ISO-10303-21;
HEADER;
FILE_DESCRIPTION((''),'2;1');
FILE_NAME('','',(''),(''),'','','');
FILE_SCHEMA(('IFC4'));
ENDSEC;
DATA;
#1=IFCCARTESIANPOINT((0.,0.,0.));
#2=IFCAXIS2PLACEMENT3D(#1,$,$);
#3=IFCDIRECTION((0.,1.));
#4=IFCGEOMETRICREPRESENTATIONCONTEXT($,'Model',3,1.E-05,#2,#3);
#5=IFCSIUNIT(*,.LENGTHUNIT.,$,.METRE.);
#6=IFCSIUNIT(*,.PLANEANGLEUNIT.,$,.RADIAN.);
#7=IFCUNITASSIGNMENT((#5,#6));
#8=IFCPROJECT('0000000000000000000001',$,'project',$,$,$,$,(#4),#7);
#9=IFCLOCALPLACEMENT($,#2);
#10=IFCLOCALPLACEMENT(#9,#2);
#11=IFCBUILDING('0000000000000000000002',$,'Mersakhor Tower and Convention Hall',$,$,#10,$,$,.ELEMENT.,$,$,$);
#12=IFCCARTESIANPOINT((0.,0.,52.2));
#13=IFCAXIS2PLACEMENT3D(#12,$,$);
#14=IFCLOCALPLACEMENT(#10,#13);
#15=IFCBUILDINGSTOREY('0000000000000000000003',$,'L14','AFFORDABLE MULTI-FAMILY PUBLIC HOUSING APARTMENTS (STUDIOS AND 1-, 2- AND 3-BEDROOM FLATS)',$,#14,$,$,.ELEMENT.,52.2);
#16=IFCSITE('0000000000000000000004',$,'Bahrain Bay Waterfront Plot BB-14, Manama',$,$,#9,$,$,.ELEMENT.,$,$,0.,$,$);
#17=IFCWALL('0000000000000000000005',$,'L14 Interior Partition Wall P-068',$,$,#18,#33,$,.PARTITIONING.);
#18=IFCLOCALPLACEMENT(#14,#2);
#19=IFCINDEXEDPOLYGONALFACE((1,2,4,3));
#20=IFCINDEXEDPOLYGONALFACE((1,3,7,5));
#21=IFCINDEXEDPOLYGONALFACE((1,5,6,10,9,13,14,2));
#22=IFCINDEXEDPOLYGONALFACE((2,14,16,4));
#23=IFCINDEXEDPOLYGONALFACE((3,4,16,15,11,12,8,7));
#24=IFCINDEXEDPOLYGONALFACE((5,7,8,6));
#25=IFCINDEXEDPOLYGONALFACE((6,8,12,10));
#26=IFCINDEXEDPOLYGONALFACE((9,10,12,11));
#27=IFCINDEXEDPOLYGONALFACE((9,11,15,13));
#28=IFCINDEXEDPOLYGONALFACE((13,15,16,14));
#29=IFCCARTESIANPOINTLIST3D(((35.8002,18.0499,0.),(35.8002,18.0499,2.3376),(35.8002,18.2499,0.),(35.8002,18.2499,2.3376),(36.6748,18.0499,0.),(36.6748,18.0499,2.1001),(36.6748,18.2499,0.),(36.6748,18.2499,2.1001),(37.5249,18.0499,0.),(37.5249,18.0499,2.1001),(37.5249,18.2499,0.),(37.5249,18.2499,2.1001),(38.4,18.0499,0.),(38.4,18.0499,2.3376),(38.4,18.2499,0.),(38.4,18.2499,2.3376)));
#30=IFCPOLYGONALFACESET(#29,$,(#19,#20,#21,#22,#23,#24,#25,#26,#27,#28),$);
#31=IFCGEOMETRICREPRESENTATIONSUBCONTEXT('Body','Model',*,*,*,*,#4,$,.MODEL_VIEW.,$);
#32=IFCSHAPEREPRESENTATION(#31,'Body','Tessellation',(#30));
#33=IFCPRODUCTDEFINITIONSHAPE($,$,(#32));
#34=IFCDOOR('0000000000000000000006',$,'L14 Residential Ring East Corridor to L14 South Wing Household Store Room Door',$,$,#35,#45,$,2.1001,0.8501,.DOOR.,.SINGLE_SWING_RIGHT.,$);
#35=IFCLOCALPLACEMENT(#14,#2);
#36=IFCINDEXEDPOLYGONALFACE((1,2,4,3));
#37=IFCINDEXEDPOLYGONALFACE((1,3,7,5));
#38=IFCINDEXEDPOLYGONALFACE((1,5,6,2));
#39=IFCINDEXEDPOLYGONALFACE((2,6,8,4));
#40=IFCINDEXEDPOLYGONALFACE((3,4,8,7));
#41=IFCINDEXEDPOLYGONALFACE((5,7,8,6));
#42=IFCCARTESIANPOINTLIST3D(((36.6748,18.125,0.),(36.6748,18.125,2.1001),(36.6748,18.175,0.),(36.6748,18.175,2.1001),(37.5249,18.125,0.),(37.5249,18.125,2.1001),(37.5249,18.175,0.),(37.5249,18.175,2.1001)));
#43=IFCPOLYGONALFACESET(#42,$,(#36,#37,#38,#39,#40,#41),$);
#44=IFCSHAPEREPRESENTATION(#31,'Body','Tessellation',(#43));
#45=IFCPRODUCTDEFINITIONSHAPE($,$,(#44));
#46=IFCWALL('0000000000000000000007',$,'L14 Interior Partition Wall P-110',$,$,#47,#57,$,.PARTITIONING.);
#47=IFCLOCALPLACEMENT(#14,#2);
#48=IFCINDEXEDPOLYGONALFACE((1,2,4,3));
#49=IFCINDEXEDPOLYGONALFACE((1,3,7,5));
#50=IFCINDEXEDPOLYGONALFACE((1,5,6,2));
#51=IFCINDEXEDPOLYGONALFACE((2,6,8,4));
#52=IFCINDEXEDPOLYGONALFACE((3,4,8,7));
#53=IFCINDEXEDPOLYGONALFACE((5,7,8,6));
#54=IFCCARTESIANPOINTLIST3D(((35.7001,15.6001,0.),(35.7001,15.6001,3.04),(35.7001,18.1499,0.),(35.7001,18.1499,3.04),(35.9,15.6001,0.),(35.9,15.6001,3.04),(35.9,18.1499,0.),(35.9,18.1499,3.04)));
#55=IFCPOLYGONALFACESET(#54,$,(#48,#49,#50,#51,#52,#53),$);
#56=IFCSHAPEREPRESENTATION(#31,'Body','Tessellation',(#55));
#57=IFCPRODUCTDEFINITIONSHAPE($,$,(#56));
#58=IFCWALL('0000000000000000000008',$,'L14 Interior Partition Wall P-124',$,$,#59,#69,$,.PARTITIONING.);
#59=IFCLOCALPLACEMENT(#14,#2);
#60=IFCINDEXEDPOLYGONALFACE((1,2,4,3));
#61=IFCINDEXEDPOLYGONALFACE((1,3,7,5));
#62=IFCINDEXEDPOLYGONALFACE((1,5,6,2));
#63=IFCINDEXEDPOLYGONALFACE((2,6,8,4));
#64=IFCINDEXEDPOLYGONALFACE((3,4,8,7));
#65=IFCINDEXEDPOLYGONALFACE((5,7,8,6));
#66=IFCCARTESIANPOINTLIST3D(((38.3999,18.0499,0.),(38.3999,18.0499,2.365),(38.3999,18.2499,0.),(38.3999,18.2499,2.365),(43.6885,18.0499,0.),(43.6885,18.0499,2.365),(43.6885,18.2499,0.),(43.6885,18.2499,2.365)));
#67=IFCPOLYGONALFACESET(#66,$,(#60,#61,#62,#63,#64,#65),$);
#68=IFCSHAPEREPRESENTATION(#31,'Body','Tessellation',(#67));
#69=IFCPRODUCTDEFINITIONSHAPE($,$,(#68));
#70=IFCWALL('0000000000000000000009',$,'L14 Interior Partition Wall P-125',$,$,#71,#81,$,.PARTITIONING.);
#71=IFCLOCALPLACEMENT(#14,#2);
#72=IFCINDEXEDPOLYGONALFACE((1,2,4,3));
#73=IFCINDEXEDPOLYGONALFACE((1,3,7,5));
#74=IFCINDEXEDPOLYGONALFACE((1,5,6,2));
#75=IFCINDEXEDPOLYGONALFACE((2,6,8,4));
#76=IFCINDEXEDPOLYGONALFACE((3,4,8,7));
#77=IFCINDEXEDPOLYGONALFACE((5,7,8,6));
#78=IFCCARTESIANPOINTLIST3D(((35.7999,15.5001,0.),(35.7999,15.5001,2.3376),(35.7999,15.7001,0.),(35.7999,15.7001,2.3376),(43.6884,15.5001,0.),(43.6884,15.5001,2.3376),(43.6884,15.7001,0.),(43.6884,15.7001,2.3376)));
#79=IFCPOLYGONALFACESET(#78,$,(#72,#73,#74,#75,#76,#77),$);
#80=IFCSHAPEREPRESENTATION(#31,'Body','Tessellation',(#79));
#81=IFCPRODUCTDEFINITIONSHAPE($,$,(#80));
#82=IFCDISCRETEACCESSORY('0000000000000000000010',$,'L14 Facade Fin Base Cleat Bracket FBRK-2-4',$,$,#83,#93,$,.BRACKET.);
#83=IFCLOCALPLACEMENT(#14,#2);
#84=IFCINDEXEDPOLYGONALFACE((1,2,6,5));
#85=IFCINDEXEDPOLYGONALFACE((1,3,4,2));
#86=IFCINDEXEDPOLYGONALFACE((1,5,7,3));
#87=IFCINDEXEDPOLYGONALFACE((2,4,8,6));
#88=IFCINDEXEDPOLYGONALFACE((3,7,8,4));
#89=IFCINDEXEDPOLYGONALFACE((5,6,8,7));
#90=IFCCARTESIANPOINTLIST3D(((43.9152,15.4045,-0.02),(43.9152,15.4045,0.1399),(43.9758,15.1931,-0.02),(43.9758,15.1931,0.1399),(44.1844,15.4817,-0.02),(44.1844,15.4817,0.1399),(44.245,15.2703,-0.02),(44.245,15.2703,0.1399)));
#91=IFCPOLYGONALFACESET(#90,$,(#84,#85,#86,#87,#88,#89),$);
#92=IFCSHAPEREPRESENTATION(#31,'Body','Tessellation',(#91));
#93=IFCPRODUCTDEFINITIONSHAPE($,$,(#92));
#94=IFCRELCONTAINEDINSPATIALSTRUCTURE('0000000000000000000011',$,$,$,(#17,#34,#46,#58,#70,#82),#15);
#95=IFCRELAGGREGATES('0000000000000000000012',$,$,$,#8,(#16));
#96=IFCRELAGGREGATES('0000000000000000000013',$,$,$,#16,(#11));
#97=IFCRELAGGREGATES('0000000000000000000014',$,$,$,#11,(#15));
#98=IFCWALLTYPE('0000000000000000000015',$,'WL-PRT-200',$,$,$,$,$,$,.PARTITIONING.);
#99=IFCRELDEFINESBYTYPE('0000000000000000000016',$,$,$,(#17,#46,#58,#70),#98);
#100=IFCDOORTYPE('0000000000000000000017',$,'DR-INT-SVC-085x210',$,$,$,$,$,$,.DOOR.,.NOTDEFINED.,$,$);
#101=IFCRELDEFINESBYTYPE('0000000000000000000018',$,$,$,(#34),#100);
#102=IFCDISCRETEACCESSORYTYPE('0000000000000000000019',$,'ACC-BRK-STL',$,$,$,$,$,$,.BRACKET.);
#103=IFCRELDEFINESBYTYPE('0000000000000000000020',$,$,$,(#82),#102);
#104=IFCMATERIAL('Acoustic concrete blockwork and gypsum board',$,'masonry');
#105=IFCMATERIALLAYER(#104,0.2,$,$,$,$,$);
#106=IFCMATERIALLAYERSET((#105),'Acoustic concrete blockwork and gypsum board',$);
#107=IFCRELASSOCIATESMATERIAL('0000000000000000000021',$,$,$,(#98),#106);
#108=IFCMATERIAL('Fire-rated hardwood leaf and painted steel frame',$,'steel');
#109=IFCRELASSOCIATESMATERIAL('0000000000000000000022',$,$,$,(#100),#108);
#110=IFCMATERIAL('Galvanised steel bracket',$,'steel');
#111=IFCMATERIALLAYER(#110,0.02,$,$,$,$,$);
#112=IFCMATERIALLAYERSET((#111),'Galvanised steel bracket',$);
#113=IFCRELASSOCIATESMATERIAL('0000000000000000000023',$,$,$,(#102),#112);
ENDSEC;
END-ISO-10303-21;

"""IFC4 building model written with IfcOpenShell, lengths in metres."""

from ifc_helpers import new_model, si_unit, direction, frame, frame_2d, origin, origin_2d, place, context, subcontext, project, spatial, rectangle, extrude, material, layer, layer_set, type_object, element, fill, save


model = new_model("IFC4")

# Units and contexts
model_context = context("Model", 3, precision=1e-05, world=origin(), true_north=direction((0.0, 1.0)))
body_context = subcontext(model_context, "Body", "Model", "MODEL_VIEW")
ifc_project = project(units=[si_unit("LENGTHUNIT", "METRE"), si_unit("PLANEANGLEUNIT", "RADIAN")], contexts=[model_context])

# Site, building, storey
site_placement = place(None, origin())
site = spatial("IfcSite", under=ifc_project, at=site_placement, Name="Bahrain Bay Waterfront Plot BB-14, Manama", CompositionType="ELEMENT", RefElevation=0.0)
building_placement = place(site_placement, origin())
building = spatial("IfcBuilding", under=site, at=building_placement, Name="Mersakhor Tower and Convention Hall", CompositionType="ELEMENT")
storey_placement = place(building_placement, frame((0.0, 0.0, 52.2)))
storey = spatial("IfcBuildingStorey", under=building, at=storey_placement, Name="L14", Description="AFFORDABLE MULTI-FAMILY PUBLIC HOUSING APARTMENTS (STUDIOS AND 1-, 2- AND 3-BEDROOM FLATS)", CompositionType="ELEMENT", Elevation=52.2)

# Wall, opening, door
ifc_material_1 = material(Name="Acoustic concrete blockwork and gypsum board", Category="masonry")
ifc_layer_1 = layer(ifc_material_1, 0.2)
ifc_layer_set_1 = layer_set([ifc_layer_1], Name="Acoustic concrete blockwork and gypsum board")
wall_type_1 = type_object("IfcWallType", Name="WL-PRT-200", PredefinedType="PARTITIONING", material=ifc_layer_set_1)
wall_1_placement = place(storey_placement, frame((38.3999, 18.1499, 0.0), z_axis=(0.0, 0.0, 1.0), x_axis=(-1.0, 0.0, 0.0)))
wall_1 = element("IfcWall", 1, at=wall_1_placement, inside=storey, type_object=wall_type_1, Name="L14 Interior Partition Wall P-068", PredefinedType="PARTITIONING", context=body_context, shape_type="SweptSolid", body=[
    extrude(rectangle(XDim=2.5999, YDim=0.2, at=frame_2d((1.2998, 0.0))), origin(), (0.0, 0.0, 1.0), 2.3376),
])
opening_1_placement = place(wall_1_placement, frame((0.875, 0.0, 0.0)))
opening_1 = element("IfcOpeningElement", 2, at=opening_1_placement, cuts=wall_1, PredefinedType="OPENING", context=body_context, shape_type="SweptSolid", body=[
    extrude(rectangle(XDim=0.8501, YDim=2.1001, at=frame_2d((0.425, 1.05))), frame((0.0, 0.1099, 0.0), z_axis=(0.0, -1.0, 0.0), x_axis=(1.0, 0.0, 0.0)), (0.0, 0.0, 1.0), 0.22),
])
ifc_material_2 = material(Name="Fire-rated hardwood leaf and painted steel frame", Category="steel")
door_type_1 = type_object("IfcDoorType", Name="DR-INT-SVC-085x210", OperationType="NOTDEFINED", PredefinedType="DOOR", material=ifc_material_2)
door_1_placement = place(opening_1_placement, origin())
door_1 = element("IfcDoor", 3, at=door_1_placement, inside=storey, type_object=door_type_1, Name="L14 Residential Ring East Corridor to L14 South Wing Household Store Room Door", OperationType="SINGLE_SWING_RIGHT", OverallHeight=2.1001, OverallWidth=0.8501, PredefinedType="DOOR", context=body_context, shape_type="SweptSolid", body=[
    extrude(rectangle(XDim=0.8501, YDim=2.1001, at=frame_2d((0.425, 1.05))), frame((0.0, 0.0249, 0.0), z_axis=(0.0, -1.0, 0.0), x_axis=(1.0, 0.0, 0.0)), (0.0, 0.0, 1.0), 0.05),
])
fill(opening_1, door_1)

# Walls
wall_2_placement = place(storey_placement, frame((35.8, 18.1499, 0.0), z_axis=(0.0, 0.0, 1.0), x_axis=(0.0, -1.0, 0.0)))
element("IfcWall", 4, at=wall_2_placement, inside=storey, type_object=wall_type_1, Name="L14 Interior Partition Wall P-110", PredefinedType="PARTITIONING", context=body_context, shape_type="SweptSolid", body=[
    extrude(rectangle(XDim=2.5498, YDim=0.2, at=frame_2d((1.2749, 0.0))), origin(), (0.0, 0.0, 1.0), 3.04),
])
wall_3_placement = place(storey_placement, frame((38.3999, 18.1499, 0.0), z_axis=(0.0, 0.0, 1.0), x_axis=(1.0, 0.0, 0.0)))
element("IfcWall", 5, at=wall_3_placement, inside=storey, type_object=wall_type_1, Name="L14 Interior Partition Wall P-124", PredefinedType="PARTITIONING", context=body_context, shape_type="SweptSolid", body=[
    extrude(rectangle(XDim=5.2886, YDim=0.2, at=frame_2d((2.6443, 0.0))), origin(), (0.0, 0.0, 1.0), 2.365),
])
wall_4_placement = place(storey_placement, frame((43.6885, 15.6001, 0.0), z_axis=(0.0, 0.0, 1.0), x_axis=(-1.0, 0.0, 0.0)))
element("IfcWall", 6, at=wall_4_placement, inside=storey, type_object=wall_type_1, Name="L14 Interior Partition Wall P-125", PredefinedType="PARTITIONING", context=body_context, shape_type="SweptSolid", body=[
    extrude(rectangle(XDim=7.8884, YDim=0.2, at=frame_2d((3.9443, 0.0))), origin(), (0.0, 0.0, 1.0), 2.3376),
])

# Discrete accessory
ifc_material_3 = material(Name="Galvanised steel bracket", Category="steel")
ifc_layer_2 = layer(ifc_material_3, 0.02)
ifc_layer_set_2 = layer_set([ifc_layer_2], Name="Galvanised steel bracket")
discrete_accessory_type = type_object("IfcDiscreteAccessoryType", Name="ACC-BRK-STL", PredefinedType="BRACKET", material=ifc_layer_set_2)
discrete_accessory_placement = place(storey_placement, frame((44.0801, 15.3374, -0.02), z_axis=(0.0, 0.0, 1.0), x_axis=(0.961262, 0.275637, 0.0)))
element("IfcDiscreteAccessory", 7, at=discrete_accessory_placement, inside=storey, type_object=discrete_accessory_type, Name="L14 Facade Fin Base Cleat Bracket FBRK-2-4", PredefinedType="BRACKET", context=body_context, shape_type="SweptSolid", body=[
    extrude(rectangle(XDim=0.28, YDim=0.22, at=origin_2d()), origin(), (0.0, 0.0, 1.0), 0.1599),
])

save(model, "model.ifc")
